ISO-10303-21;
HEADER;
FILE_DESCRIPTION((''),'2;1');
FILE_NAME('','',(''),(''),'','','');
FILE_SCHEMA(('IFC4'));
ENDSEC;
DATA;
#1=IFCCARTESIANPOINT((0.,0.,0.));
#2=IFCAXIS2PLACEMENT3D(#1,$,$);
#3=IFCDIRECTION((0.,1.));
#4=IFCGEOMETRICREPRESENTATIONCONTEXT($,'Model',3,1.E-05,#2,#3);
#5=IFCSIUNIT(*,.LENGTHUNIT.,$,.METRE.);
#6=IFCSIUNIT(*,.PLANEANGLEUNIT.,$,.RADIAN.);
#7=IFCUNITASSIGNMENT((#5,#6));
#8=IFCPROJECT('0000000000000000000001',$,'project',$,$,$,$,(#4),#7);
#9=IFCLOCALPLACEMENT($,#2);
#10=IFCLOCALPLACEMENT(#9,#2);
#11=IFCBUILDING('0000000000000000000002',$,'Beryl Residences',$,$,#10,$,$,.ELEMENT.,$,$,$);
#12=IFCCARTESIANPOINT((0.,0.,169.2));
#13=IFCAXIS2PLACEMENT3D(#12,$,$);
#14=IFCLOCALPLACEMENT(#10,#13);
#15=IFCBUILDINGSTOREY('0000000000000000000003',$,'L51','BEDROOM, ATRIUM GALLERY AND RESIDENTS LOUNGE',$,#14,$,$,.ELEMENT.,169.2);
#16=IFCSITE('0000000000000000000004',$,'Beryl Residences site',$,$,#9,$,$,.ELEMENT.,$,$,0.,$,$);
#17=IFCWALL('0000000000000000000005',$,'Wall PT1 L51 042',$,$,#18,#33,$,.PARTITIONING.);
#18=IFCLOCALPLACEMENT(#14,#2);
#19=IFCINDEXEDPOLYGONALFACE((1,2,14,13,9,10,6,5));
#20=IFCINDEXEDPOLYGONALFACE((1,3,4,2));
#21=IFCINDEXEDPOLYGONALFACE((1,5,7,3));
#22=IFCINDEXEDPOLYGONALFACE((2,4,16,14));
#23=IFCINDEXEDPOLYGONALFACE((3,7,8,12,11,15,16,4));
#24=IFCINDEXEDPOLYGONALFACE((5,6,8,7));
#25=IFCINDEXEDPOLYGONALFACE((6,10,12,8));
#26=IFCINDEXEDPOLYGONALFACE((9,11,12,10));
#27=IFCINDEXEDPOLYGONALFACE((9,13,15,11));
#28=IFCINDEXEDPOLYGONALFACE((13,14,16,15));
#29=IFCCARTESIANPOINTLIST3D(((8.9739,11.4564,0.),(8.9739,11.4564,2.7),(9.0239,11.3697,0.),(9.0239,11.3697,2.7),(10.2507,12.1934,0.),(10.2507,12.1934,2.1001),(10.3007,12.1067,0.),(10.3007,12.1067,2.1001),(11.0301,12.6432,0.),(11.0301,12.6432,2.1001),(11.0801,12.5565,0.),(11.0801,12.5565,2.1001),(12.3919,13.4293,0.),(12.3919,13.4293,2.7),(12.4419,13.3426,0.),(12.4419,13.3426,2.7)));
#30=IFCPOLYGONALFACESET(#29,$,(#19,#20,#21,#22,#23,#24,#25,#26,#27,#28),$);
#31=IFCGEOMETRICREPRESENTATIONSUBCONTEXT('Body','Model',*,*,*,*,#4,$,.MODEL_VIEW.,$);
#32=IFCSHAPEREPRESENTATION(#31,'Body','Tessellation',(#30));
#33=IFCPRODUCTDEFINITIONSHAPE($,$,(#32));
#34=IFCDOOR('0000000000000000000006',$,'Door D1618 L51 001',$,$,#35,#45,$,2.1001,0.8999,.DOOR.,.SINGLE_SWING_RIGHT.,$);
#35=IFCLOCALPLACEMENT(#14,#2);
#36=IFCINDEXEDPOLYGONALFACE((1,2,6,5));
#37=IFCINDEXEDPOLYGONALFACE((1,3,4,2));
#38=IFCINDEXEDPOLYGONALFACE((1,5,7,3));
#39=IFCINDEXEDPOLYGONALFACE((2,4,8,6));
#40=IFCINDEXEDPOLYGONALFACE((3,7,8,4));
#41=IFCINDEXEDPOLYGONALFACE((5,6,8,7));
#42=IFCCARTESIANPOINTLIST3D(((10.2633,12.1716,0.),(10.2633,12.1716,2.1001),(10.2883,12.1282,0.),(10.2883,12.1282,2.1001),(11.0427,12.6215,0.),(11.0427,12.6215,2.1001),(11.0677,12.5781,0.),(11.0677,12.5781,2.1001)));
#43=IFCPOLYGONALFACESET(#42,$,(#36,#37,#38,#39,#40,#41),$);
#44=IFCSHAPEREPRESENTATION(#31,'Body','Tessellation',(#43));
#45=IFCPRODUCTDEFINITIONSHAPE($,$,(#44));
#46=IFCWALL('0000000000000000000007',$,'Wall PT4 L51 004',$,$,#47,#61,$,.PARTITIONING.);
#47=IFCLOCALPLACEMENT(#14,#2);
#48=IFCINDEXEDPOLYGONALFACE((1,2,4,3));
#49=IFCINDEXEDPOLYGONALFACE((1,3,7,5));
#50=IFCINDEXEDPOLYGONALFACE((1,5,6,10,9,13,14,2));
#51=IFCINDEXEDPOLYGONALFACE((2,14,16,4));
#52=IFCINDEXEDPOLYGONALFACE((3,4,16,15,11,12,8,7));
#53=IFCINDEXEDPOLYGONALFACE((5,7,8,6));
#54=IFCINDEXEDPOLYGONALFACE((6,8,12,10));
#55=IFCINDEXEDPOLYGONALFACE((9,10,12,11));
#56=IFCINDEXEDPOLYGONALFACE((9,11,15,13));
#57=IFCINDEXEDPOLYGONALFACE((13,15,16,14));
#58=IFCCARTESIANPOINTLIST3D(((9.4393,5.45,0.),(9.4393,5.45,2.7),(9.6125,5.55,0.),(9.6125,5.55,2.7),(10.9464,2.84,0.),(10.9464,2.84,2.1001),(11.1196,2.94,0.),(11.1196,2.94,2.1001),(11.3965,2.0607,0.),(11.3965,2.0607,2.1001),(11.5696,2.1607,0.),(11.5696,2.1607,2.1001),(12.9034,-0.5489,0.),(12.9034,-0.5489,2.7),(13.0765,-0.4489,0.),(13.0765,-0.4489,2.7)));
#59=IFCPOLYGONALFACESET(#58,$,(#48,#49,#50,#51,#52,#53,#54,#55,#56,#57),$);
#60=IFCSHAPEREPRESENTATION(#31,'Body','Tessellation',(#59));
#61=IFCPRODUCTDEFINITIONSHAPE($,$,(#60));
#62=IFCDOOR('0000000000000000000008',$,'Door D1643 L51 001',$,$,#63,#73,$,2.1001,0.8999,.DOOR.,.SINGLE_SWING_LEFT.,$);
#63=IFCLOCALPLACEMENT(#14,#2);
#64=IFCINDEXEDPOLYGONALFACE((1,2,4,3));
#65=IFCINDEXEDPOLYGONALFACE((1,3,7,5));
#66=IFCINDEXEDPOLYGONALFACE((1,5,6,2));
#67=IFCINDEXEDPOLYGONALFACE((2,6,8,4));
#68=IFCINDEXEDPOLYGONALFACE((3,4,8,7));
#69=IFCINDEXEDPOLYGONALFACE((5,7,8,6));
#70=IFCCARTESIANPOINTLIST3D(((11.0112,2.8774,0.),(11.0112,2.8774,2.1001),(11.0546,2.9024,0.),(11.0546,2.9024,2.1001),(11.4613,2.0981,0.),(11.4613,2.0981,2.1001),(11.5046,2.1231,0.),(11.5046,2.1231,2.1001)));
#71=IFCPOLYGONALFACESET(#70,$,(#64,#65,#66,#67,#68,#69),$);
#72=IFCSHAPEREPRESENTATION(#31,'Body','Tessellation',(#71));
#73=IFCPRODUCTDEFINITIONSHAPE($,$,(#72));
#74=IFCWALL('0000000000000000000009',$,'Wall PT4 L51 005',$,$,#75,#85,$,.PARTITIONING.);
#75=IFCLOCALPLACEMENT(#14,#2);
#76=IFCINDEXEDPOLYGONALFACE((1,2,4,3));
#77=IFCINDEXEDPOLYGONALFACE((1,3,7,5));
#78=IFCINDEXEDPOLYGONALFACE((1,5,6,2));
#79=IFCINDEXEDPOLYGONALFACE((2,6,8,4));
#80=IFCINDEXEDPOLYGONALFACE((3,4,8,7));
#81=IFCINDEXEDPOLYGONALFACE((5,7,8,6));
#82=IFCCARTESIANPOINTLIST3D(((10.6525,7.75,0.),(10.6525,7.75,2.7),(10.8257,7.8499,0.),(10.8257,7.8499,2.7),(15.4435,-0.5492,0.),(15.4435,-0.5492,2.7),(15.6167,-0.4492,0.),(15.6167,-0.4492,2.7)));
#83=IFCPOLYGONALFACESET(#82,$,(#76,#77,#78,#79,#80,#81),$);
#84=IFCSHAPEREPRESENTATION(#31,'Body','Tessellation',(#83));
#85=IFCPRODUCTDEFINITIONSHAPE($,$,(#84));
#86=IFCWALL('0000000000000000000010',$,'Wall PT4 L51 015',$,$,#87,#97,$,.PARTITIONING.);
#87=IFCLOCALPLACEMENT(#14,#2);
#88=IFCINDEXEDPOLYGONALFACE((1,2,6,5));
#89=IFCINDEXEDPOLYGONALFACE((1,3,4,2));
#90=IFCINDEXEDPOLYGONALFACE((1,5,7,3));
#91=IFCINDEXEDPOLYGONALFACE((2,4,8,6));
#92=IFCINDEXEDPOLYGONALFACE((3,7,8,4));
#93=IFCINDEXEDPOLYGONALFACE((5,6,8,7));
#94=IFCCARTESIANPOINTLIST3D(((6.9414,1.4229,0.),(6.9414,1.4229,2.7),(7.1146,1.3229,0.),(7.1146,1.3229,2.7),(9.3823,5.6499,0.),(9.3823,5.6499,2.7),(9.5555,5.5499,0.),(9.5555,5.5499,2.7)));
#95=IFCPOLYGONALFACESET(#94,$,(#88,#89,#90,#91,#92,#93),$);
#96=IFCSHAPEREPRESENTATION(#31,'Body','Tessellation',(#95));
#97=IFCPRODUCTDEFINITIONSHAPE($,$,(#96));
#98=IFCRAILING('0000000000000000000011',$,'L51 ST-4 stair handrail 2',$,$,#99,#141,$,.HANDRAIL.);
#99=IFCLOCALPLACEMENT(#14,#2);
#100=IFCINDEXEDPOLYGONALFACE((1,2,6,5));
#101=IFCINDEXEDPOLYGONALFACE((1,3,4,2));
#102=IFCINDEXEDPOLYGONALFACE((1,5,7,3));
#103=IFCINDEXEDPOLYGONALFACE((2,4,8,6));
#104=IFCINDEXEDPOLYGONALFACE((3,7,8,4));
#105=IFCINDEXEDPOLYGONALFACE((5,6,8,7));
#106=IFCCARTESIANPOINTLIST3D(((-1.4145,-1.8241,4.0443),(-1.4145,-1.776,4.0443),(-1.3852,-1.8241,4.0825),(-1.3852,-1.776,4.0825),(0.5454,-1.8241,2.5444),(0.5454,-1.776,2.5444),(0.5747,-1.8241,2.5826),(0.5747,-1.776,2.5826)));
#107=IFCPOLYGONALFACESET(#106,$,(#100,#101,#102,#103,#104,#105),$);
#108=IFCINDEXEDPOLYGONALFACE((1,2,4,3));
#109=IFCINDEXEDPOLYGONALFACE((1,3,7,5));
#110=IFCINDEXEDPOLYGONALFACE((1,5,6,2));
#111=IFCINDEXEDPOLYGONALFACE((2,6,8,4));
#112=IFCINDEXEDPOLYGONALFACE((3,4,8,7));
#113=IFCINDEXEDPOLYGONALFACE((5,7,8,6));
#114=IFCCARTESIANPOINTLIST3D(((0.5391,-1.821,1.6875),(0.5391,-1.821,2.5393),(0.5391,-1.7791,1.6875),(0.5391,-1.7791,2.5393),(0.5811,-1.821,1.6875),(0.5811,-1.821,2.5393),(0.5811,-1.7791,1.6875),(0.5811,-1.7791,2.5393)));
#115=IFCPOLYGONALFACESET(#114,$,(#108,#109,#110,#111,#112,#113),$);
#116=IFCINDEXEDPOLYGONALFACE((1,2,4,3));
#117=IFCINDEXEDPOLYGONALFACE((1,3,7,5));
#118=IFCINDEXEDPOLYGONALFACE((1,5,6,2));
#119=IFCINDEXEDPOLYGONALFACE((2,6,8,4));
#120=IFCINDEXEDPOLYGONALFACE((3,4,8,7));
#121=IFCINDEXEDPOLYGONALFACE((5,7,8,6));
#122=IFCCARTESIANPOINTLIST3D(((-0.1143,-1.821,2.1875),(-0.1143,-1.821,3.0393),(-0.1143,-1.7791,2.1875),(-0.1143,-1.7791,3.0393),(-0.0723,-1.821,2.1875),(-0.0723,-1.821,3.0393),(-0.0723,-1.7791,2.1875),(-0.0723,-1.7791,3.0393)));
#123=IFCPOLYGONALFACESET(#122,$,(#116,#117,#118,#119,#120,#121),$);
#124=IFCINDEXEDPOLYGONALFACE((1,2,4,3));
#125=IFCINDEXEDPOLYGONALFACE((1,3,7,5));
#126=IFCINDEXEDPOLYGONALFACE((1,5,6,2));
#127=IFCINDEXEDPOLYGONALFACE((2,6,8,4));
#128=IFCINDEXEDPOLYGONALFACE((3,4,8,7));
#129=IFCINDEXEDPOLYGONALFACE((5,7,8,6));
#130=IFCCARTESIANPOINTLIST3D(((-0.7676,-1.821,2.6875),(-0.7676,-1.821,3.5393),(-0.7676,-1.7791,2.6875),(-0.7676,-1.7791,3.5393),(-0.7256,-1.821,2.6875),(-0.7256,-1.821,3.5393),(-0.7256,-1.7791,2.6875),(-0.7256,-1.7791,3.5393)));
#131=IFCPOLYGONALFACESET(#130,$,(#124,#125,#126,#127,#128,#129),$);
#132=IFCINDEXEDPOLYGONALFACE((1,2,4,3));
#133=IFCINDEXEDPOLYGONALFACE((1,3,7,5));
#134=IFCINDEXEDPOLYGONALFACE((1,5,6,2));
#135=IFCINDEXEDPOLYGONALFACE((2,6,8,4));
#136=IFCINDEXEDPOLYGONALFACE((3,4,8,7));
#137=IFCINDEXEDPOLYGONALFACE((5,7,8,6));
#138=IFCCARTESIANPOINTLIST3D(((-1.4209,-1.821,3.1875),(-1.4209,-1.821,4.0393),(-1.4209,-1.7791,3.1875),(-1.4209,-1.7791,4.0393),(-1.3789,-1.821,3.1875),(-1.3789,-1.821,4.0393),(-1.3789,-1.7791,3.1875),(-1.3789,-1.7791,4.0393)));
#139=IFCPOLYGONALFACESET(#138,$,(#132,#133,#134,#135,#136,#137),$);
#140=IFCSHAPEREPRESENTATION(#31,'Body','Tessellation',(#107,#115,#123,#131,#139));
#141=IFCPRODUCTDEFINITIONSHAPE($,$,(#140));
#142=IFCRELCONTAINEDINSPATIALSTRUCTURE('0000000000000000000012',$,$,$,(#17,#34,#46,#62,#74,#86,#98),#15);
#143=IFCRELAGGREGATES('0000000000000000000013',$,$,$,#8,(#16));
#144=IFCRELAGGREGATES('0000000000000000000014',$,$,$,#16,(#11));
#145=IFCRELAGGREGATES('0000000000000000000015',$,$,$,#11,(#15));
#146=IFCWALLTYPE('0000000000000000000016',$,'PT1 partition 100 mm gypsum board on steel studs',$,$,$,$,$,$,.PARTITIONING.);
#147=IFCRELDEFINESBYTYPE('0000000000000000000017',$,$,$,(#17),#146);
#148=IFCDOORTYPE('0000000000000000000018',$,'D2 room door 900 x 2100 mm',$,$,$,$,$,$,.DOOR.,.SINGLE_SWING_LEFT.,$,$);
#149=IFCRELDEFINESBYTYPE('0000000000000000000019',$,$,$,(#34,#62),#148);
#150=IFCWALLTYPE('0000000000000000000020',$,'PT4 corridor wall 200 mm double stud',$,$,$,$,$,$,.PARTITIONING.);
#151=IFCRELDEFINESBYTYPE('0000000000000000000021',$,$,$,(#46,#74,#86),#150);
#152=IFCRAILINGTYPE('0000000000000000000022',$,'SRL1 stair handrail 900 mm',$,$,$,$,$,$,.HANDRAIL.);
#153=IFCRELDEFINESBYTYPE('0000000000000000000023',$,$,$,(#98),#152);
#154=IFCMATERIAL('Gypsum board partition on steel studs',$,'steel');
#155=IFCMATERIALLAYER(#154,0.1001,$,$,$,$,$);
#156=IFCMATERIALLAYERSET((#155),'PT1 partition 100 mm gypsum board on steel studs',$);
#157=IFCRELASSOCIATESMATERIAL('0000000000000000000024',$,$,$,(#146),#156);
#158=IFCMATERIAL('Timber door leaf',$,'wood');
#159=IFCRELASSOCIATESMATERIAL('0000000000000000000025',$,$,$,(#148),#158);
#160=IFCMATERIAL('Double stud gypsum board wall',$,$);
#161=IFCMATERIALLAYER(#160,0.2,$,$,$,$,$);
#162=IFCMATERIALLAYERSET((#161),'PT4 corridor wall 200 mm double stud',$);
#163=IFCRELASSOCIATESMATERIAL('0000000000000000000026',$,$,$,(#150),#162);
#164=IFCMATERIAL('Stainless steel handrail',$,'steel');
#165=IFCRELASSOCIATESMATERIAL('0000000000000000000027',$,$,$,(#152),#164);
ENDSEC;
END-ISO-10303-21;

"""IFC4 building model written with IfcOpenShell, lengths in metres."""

from ifc_helpers import new_model, si_unit, direction, frame, frame_2d, origin, origin_2d, place, context, subcontext, project, spatial, rectangle, extrude, material, layer, layer_set, type_object, element, fill, save


model = new_model("IFC4")

# Units and contexts
model_context = context("Model", 3, precision=1e-05, world=origin(), true_north=direction((0.0, 1.0)))
body_context = subcontext(model_context, "Body", "Model", "MODEL_VIEW")
ifc_project = project(units=[si_unit("LENGTHUNIT", "METRE"), si_unit("PLANEANGLEUNIT", "RADIAN")], contexts=[model_context])

# Site, building, storey
site_placement = place(None, origin())
site = spatial("IfcSite", under=ifc_project, at=site_placement, Name="Beryl Residences site", CompositionType="ELEMENT", RefElevation=0.0)
building_placement = place(site_placement, origin())
building = spatial("IfcBuilding", under=site, at=building_placement, Name="Beryl Residences", CompositionType="ELEMENT")
storey_placement = place(building_placement, frame((0.0, 0.0, 169.2)))
storey = spatial("IfcBuildingStorey", under=building, at=storey_placement, Name="L51", Description="BEDROOM, ATRIUM GALLERY AND RESIDENTS LOUNGE", CompositionType="ELEMENT", Elevation=169.2)

# Walls, openings, doors
ifc_material_1 = material(Name="Gypsum board partition on steel studs", Category="steel")
ifc_layer_1 = layer(ifc_material_1, 0.1001)
ifc_layer_set_1 = layer_set([ifc_layer_1], Name="PT1 partition 100 mm gypsum board on steel studs")
wall_type_1 = type_object("IfcWallType", Name="PT1 partition 100 mm gypsum board on steel studs", PredefinedType="PARTITIONING", material=ifc_layer_set_1)
ifc_material_2 = material(Name="Timber door leaf", Category="wood")
door_type_1 = type_object("IfcDoorType", Name="D2 room door 900 x 2100 mm", OperationType="SINGLE_SWING_LEFT", PredefinedType="DOOR", material=ifc_material_2)
wall_1_placement = place(storey_placement, frame((8.999, 11.4131, 0.0), z_axis=(0.0, 0.0, 1.0), x_axis=(0.866076, 0.499912, 0.0)))
wall_1 = element("IfcWall", 1, at=wall_1_placement, inside=storey, type_object=wall_type_1, Name="Wall PT1 L51 042", PredefinedType="PARTITIONING", context=body_context, shape_type="SweptSolid", body=[
    extrude(rectangle(XDim=3.9465, YDim=0.1001, at=frame_2d((1.9731, 0.0))), origin(), (0.0, 0.0, 1.0), 2.7),
])
opening_1_placement = place(wall_1_placement, frame((1.4741, 0.0, 0.0)))
opening_1 = element("IfcOpeningElement", 2, at=opening_1_placement, cuts=wall_1, PredefinedType="OPENING", context=body_context, shape_type="SweptSolid", body=[
    extrude(rectangle(XDim=0.8999, YDim=2.1001, at=frame_2d((0.45, 1.05))), frame((0.0, 0.0601, 0.0), z_axis=(0.0, -1.0, 0.0), x_axis=(1.0, 0.0, 0.0)), (0.0, 0.0, 1.0), 0.1201),
])
door_1_placement = place(opening_1_placement, origin())
door_1 = element("IfcDoor", 3, at=door_1_placement, inside=storey, type_object=door_type_1, Name="Door D1618 L51 001", OperationType="SINGLE_SWING_RIGHT", OverallHeight=2.1001, OverallWidth=0.8999, PredefinedType="DOOR", context=body_context, shape_type="SweptSolid", body=[
    extrude(rectangle(XDim=0.8999, YDim=2.1001, at=frame_2d((0.45, 1.05))), frame((0.0, 0.0249, 0.0), z_axis=(0.0, -1.0, 0.0), x_axis=(1.0, 0.0, 0.0)), (0.0, 0.0, 1.0), 0.05),
])
fill(opening_1, door_1)
ifc_material_3 = material(Name="Double stud gypsum board wall")
ifc_layer_2 = layer(ifc_material_3, 0.2)
ifc_layer_set_2 = layer_set([ifc_layer_2], Name="PT4 corridor wall 200 mm double stud")
wall_type_2 = type_object("IfcWallType", Name="PT4 corridor wall 200 mm double stud", PredefinedType="PARTITIONING", material=ifc_layer_set_2)
wall_2_placement = place(storey_placement, frame((9.5259, 5.5, 0.0), z_axis=(0.0, 0.0, 1.0), x_axis=(0.500062, -0.86599, 0.0)))
wall_2 = element("IfcWall", 4, at=wall_2_placement, inside=storey, type_object=wall_type_2, Name="Wall PT4 L51 004", PredefinedType="PARTITIONING", context=body_context, shape_type="SweptSolid", body=[
    extrude(rectangle(XDim=6.9272, YDim=0.2, at=frame_2d((3.4636, 0.0))), origin(), (0.0, 0.0, 1.0), 2.7),
])
opening_2_placement = place(wall_2_placement, frame((3.0139, 0.0, 0.0)))
opening_2 = element("IfcOpeningElement", 5, at=opening_2_placement, cuts=wall_2, PredefinedType="OPENING", context=body_context, shape_type="SweptSolid", body=[
    extrude(rectangle(XDim=0.8999, YDim=2.1001, at=frame_2d((0.45, 1.05))), frame((0.0, 0.1099, 0.0), z_axis=(0.0, -1.0, 0.0), x_axis=(1.0, 0.0, 0.0)), (0.0, 0.0, 1.0), 0.22),
])
door_2_placement = place(opening_2_placement, origin())
door_2 = element("IfcDoor", 6, at=door_2_placement, inside=storey, type_object=door_type_1, Name="Door D1643 L51 001", OperationType="SINGLE_SWING_LEFT", OverallHeight=2.1001, OverallWidth=0.8999, PredefinedType="DOOR", context=body_context, shape_type="SweptSolid", body=[
    extrude(rectangle(XDim=0.8999, YDim=2.1001, at=frame_2d((0.45, 1.05))), frame((0.0, 0.0249, 0.0), z_axis=(0.0, -1.0, 0.0), x_axis=(1.0, 0.0, 0.0)), (0.0, 0.0, 1.0), 0.05),
])
fill(opening_2, door_2)

# Walls
wall_3_placement = place(storey_placement, frame((10.739, 7.8, 0.0), z_axis=(0.0, 0.0, 1.0), x_axis=(0.499964, -0.866046, 0.0)))
element("IfcWall", 7, at=wall_3_placement, inside=storey, type_object=wall_type_2, Name="Wall PT4 L51 005", PredefinedType="PARTITIONING", context=body_context, shape_type="SweptSolid", body=[
    extrude(rectangle(XDim=9.5828, YDim=0.2, at=frame_2d((4.7915, 0.0))), origin(), (0.0, 0.0, 1.0), 2.7),
])
wall_4_placement = place(storey_placement, frame((7.0281, 1.373, 0.0), z_axis=(0.0, 0.0, 1.0), x_axis=(0.500066, 0.865987, 0.0)))
element("IfcWall", 8, at=wall_4_placement, inside=storey, type_object=wall_type_2, Name="Wall PT4 L51 015", PredefinedType="PARTITIONING", context=body_context, shape_type="SweptSolid", body=[
    extrude(rectangle(XDim=4.8811, YDim=0.2, at=frame_2d((2.4404, 0.0))), origin(), (0.0, 0.0, 1.0), 2.7),
])

# Railing
ifc_material_4 = material(Name="Stainless steel handrail", Category="steel")
railing_type_1 = type_object("IfcRailingType", Name="SRL1 stair handrail 900 mm", PredefinedType="HANDRAIL", material=ifc_material_4)
railing_1_placement = place(storey_placement, frame((0.5601, -1.8, 1.6875)))
element("IfcRailing", 9, at=railing_1_placement, inside=storey, type_object=railing_type_1, Name="L51 ST-4 stair handrail 2", PredefinedType="HANDRAIL", context=body_context, shape_type="SweptSolid", body=[
    extrude(rectangle(XDim=0.0481, YDim=0.0481, at=origin_2d()), frame((0.0, 0.0, 0.876), z_axis=(-0.794122, 0.0, 0.607758), x_axis=(0.0, -1.0, 0.0)), (0.0, 0.0, 1.0), 2.468),
    extrude(rectangle(XDim=0.042, YDim=0.042, at=origin_2d()), origin(), (0.0, 0.0, 1.0), 0.8518),
    extrude(rectangle(XDim=0.042, YDim=0.042, at=origin_2d()), frame((-0.6533, 0.0, 0.5)), (0.0, 0.0, 1.0), 0.8518),
    extrude(rectangle(XDim=0.042, YDim=0.042, at=origin_2d()), frame((-1.3066, 0.0, 1.0)), (0.0, 0.0, 1.0), 0.8518),
    extrude(rectangle(XDim=0.042, YDim=0.042, at=origin_2d()), frame((-1.96, 0.0, 1.5)), (0.0, 0.0, 1.0), 0.8518),
])

save(model, "model.ifc")
